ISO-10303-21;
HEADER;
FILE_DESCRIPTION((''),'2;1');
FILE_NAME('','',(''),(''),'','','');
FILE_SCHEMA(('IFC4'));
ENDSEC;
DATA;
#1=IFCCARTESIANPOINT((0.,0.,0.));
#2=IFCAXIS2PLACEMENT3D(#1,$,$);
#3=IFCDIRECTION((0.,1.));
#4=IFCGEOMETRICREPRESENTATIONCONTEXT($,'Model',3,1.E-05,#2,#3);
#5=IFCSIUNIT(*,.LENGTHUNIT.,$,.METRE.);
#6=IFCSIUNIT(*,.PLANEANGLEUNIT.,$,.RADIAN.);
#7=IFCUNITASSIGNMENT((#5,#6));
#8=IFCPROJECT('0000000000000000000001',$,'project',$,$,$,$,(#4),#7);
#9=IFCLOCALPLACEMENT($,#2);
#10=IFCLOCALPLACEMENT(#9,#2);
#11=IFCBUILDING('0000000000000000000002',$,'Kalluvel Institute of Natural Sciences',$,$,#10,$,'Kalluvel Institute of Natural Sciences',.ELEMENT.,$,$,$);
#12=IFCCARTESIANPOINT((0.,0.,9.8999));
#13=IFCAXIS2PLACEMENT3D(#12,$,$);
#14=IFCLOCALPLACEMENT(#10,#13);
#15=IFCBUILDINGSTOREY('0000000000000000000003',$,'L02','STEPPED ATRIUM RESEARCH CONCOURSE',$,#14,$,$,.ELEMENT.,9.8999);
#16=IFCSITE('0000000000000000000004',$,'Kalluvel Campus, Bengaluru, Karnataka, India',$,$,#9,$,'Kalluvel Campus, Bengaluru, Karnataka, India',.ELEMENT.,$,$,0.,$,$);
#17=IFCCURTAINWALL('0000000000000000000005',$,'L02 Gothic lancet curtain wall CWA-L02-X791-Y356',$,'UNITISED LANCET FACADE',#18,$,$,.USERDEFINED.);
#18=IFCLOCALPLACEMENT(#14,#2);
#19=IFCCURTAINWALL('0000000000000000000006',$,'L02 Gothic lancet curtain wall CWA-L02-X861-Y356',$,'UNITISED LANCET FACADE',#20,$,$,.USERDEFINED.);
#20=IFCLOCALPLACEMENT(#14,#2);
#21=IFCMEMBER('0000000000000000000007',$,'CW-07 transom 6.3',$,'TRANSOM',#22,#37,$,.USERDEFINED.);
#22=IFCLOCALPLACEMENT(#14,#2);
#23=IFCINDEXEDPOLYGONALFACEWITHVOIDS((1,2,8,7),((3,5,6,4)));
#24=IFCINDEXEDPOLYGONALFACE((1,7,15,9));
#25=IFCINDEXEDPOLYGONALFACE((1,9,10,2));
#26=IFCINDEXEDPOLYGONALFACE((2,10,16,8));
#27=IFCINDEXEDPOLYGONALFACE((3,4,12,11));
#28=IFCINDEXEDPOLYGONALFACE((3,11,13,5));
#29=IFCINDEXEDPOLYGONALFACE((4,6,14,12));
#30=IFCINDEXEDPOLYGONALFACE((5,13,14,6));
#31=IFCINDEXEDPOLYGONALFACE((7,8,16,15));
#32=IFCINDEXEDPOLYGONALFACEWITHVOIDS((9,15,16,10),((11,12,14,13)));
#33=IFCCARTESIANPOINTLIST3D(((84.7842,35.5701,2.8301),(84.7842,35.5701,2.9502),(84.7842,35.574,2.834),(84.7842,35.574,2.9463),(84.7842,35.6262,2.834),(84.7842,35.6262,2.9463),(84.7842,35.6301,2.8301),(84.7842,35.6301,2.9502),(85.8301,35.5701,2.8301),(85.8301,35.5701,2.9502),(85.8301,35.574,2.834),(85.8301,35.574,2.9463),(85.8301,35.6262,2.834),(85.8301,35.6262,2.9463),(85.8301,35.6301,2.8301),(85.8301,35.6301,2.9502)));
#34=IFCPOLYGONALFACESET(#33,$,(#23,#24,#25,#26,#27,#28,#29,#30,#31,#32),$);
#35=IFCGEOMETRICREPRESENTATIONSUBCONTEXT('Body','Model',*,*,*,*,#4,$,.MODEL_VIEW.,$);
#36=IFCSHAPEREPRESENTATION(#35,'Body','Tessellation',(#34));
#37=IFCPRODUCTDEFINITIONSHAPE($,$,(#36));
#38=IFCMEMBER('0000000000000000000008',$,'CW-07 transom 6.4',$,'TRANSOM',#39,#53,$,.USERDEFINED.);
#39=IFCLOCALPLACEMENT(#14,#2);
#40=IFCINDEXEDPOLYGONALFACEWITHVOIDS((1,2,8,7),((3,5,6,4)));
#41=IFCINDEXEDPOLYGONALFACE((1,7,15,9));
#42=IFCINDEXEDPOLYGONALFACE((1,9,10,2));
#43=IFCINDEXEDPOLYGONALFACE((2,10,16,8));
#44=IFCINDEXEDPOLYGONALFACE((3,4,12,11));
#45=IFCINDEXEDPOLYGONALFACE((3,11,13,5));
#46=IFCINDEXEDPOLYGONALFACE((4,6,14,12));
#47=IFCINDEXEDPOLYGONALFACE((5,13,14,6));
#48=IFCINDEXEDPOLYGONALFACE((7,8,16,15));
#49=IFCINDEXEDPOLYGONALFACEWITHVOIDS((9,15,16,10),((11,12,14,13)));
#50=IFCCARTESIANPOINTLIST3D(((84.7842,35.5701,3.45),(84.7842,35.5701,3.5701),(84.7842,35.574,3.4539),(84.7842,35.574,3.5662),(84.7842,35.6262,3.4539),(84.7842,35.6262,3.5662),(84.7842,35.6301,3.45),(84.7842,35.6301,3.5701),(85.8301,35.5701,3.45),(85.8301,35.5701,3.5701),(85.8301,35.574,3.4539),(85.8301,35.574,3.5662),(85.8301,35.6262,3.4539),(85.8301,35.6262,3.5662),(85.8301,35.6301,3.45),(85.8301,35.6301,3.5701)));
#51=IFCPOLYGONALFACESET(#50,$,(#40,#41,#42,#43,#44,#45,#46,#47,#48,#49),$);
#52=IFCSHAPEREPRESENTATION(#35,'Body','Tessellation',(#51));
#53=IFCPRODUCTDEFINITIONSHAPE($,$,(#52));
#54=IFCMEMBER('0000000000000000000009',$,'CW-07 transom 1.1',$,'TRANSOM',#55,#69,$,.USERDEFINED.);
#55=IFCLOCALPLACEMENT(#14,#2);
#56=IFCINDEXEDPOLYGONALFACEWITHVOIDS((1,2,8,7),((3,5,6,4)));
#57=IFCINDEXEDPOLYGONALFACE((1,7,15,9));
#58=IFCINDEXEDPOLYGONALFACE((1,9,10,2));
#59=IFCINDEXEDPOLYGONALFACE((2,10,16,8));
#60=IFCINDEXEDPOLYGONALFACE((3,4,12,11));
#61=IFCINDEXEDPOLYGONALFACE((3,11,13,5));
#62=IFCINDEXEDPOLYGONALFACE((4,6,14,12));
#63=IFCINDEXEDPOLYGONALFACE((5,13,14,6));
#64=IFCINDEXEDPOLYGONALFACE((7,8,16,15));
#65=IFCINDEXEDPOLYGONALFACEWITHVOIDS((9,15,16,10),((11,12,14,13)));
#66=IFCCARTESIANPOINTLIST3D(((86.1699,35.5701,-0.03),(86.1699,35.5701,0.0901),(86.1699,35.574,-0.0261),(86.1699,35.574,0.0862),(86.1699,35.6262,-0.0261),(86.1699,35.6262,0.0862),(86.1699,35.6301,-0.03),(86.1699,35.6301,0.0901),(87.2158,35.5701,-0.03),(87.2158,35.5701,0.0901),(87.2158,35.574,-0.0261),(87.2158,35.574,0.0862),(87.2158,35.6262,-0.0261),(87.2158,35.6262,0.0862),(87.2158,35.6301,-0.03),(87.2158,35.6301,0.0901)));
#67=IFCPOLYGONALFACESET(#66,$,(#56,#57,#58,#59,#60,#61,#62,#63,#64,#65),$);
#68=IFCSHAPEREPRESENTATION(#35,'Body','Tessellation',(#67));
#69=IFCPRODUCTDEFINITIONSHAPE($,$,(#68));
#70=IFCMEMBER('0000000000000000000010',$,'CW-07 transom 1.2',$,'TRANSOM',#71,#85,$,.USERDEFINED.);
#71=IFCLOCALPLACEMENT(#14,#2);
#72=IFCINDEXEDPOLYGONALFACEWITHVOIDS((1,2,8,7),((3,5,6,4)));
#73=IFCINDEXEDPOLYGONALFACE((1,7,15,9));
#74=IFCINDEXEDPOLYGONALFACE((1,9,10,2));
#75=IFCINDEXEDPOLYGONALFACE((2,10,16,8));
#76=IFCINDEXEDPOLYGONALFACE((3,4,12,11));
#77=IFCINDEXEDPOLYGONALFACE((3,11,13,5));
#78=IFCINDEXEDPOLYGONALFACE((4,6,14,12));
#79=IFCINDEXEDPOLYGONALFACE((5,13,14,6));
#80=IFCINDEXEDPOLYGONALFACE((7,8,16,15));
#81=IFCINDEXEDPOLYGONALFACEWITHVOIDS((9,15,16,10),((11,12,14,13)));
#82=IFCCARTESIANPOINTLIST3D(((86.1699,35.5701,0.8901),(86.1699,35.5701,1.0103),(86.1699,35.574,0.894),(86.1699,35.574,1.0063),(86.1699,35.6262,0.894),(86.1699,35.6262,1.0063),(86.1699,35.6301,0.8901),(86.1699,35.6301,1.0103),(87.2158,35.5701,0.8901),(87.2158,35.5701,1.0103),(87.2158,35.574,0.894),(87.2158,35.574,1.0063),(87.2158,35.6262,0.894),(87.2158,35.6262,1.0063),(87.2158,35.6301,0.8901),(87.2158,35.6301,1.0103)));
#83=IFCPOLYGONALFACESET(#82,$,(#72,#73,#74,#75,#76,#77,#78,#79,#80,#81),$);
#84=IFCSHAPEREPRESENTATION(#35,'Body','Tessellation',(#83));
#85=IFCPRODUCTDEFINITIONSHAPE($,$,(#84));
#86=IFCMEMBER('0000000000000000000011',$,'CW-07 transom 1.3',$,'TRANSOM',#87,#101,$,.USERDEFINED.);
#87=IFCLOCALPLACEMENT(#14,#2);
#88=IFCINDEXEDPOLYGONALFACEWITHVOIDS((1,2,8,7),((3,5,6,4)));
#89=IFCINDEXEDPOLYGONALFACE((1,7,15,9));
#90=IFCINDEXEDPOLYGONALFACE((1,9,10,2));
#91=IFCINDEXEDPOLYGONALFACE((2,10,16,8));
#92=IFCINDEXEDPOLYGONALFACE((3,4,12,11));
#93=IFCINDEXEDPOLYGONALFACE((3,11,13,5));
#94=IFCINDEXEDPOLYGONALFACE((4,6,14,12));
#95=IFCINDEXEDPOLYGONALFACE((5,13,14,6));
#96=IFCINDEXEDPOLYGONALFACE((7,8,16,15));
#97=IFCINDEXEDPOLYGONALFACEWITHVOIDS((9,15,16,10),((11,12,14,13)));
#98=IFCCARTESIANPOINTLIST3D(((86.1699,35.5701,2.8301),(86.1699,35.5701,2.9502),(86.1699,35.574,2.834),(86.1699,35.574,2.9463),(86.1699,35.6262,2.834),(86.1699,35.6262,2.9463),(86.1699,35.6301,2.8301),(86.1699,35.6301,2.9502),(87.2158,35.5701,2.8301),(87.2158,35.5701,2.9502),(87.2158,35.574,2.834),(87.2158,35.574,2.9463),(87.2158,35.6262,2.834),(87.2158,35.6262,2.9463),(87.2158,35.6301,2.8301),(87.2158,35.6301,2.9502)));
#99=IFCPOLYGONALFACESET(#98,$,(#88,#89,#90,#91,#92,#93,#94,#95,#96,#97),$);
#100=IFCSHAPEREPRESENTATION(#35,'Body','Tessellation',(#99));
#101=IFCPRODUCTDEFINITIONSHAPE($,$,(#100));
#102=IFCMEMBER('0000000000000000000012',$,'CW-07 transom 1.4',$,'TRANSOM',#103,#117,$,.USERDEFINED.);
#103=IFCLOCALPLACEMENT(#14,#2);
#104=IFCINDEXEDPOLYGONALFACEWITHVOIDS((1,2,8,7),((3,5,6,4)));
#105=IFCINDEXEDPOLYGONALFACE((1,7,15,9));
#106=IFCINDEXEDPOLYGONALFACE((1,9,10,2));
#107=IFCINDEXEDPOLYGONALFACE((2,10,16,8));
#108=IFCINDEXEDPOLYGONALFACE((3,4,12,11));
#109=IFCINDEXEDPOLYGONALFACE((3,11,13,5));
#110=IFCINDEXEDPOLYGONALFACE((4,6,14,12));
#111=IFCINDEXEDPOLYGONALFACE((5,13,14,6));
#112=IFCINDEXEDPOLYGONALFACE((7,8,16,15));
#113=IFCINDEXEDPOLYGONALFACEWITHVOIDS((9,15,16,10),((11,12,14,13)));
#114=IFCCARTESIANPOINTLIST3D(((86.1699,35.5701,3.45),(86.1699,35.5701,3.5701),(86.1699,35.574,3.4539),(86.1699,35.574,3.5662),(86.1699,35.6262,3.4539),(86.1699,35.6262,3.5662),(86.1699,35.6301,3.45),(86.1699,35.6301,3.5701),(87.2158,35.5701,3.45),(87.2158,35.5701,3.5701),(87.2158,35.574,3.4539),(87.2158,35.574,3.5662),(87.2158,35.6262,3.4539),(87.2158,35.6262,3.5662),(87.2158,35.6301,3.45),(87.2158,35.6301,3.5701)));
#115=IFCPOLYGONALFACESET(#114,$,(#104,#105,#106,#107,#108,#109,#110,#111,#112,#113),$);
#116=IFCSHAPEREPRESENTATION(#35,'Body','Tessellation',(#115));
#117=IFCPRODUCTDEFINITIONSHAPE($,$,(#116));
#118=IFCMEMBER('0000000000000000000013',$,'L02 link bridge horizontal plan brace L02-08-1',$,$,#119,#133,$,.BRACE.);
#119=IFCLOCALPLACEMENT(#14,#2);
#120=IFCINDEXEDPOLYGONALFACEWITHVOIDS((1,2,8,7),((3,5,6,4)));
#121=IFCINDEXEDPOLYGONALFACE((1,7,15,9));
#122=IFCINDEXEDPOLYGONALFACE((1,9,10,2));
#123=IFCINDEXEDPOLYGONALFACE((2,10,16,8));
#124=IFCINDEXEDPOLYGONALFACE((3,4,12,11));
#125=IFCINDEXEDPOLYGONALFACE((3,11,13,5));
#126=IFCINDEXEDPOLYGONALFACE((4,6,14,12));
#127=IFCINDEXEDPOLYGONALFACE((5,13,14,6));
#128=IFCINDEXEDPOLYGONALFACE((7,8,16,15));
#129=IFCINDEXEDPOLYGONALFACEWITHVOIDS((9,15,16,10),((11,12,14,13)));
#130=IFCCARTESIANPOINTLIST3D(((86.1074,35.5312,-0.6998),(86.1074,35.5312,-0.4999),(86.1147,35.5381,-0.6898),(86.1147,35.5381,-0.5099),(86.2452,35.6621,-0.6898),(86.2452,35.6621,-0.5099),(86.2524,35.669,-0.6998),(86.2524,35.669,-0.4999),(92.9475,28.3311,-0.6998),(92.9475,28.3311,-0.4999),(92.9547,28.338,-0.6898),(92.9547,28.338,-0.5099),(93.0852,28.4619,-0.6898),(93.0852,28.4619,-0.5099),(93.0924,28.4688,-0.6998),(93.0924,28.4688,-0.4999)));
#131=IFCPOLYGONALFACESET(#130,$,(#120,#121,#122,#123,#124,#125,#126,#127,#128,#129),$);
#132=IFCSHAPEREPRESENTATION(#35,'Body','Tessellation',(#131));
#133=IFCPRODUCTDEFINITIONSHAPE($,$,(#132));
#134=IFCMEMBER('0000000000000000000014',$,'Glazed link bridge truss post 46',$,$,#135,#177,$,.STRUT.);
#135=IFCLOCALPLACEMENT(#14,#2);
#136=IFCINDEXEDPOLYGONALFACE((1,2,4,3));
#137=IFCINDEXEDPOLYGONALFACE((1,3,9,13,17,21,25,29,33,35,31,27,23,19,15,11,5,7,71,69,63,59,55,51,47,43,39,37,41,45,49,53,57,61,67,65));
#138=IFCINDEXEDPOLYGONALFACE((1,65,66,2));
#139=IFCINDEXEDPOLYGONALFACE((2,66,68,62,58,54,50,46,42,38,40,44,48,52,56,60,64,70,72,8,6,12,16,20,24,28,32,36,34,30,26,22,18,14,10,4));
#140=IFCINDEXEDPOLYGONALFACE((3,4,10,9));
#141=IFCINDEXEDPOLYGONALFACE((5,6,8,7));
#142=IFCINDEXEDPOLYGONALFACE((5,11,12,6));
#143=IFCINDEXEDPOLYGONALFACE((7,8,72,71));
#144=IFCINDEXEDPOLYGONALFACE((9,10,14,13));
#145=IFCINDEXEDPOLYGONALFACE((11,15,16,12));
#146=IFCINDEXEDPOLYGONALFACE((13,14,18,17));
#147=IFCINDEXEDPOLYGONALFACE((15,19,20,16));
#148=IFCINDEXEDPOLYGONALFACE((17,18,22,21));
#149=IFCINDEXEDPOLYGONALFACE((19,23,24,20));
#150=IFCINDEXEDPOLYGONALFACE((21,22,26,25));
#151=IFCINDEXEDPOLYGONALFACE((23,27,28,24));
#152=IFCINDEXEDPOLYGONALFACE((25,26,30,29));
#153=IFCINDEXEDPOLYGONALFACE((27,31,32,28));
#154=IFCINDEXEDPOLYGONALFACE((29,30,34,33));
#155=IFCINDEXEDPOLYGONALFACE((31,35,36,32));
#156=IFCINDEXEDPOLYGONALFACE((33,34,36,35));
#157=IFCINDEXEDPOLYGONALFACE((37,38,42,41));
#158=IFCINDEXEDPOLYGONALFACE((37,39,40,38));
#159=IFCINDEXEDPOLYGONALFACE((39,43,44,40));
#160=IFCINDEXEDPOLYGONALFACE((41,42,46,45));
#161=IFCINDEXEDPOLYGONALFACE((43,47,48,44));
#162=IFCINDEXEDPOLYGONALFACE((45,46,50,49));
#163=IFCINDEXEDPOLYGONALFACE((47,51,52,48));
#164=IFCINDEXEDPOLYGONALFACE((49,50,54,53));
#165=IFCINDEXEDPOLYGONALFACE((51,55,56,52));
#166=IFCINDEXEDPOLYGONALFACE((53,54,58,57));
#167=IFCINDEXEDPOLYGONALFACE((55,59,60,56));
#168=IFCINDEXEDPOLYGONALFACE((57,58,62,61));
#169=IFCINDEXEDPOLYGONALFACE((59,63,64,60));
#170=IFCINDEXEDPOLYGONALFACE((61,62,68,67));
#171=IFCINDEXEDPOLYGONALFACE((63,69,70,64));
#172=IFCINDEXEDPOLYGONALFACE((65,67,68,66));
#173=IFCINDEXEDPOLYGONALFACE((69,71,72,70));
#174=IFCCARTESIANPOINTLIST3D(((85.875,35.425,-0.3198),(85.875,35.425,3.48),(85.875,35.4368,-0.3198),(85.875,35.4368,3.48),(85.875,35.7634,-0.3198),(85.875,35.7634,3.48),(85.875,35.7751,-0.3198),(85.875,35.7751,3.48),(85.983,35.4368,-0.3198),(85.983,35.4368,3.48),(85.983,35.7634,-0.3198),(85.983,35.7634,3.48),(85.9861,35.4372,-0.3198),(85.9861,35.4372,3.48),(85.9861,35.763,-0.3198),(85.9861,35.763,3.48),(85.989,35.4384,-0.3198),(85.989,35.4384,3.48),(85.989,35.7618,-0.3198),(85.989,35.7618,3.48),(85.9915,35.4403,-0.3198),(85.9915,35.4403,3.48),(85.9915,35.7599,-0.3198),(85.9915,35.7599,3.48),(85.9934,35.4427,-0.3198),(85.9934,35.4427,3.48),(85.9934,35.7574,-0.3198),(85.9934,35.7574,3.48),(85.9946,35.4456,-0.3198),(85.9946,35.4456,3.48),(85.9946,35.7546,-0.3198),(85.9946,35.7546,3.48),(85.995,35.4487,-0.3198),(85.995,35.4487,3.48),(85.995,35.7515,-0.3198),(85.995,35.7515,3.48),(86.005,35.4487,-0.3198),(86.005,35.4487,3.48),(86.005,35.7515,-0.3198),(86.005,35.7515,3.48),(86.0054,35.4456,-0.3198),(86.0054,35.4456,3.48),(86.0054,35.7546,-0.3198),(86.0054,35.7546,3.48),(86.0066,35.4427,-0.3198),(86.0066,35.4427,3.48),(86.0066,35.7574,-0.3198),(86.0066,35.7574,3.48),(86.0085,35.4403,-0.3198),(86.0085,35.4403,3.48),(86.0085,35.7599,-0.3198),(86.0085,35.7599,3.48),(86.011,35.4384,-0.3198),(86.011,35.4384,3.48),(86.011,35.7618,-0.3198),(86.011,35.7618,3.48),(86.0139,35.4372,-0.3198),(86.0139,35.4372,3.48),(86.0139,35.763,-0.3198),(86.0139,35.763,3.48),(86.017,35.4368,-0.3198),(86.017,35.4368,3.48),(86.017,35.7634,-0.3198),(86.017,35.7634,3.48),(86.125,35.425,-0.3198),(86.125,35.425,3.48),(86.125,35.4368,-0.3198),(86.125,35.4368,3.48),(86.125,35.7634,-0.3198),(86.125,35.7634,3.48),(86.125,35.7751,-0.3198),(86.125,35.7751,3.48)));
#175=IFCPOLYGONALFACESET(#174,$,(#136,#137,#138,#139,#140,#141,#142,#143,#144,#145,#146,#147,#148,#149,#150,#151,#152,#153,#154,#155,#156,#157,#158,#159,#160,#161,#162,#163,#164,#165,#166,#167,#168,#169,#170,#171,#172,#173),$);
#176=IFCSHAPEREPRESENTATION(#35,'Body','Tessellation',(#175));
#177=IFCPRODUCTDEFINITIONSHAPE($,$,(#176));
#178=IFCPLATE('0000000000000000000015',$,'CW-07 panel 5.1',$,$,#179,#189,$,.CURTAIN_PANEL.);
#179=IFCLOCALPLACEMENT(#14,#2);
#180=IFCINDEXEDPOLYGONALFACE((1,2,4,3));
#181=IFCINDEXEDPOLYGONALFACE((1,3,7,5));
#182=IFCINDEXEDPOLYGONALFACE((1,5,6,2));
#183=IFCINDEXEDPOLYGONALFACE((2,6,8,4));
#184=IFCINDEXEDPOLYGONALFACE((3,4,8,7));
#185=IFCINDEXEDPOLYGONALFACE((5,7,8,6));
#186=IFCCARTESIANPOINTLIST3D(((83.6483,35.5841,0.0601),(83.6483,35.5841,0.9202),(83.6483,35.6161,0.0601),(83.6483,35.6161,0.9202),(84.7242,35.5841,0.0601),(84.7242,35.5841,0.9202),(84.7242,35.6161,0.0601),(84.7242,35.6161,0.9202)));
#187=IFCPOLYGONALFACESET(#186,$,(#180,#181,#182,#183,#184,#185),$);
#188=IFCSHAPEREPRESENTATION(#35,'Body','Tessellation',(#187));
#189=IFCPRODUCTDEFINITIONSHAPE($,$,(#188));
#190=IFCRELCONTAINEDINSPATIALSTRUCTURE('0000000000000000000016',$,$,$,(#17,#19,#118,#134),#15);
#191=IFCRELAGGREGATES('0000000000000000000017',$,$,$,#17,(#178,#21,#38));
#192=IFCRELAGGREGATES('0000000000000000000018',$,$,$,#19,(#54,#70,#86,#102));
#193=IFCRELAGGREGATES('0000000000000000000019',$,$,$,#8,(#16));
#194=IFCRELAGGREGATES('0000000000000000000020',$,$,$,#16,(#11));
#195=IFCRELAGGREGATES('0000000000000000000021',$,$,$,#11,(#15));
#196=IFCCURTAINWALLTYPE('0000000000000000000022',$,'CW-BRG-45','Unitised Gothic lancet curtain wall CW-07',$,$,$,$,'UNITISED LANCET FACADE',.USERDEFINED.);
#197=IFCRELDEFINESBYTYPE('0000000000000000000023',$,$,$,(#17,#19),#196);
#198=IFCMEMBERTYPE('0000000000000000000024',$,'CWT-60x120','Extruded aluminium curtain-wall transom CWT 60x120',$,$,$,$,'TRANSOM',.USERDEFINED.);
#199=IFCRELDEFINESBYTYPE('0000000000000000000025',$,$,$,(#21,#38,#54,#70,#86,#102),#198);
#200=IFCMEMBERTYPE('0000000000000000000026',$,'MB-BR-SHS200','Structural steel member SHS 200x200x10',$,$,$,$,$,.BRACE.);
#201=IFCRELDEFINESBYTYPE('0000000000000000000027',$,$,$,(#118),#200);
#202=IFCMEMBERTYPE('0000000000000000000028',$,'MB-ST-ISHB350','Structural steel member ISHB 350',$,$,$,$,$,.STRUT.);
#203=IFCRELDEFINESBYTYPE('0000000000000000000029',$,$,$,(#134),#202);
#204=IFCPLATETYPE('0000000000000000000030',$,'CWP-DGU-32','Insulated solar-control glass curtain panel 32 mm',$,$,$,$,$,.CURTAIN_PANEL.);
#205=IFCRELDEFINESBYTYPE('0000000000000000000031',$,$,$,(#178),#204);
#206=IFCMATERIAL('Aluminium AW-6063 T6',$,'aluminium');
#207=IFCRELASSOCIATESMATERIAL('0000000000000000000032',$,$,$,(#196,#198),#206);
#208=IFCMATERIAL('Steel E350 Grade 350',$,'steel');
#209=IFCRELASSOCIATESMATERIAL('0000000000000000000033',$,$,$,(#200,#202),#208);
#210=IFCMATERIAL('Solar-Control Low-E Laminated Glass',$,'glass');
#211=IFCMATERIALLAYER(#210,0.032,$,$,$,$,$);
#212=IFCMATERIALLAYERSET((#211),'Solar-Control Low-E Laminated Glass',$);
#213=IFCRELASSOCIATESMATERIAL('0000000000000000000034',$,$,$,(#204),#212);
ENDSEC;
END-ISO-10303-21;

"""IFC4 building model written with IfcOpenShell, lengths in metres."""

from ifc_helpers import new_model, si_unit, direction, frame, origin, origin_2d, place, context, subcontext, project, spatial, rectangle, hollow_rectangle, i_section, extrude, material, layer, layer_set, material_profile, profile_set, type_object, element, aggregate, save


model = new_model("IFC4")

# Units and contexts
model_context = context("Model", 3, precision=1e-05, world=origin(), true_north=direction((0.0, 1.0)))
body_context = subcontext(model_context, "Body", "Model", "MODEL_VIEW")
ifc_project = project(units=[si_unit("LENGTHUNIT", "METRE"), si_unit("PLANEANGLEUNIT", "RADIAN")], contexts=[model_context])

# Site, building, storey
site_placement = place(None, origin())
site = spatial("IfcSite", under=ifc_project, at=site_placement, Name="Kalluvel Campus, Bengaluru, Karnataka, India", LongName="Kalluvel Campus, Bengaluru, Karnataka, India", CompositionType="ELEMENT", RefElevation=0.0)
building_placement = place(site_placement, origin())
building = spatial("IfcBuilding", under=site, at=building_placement, Name="Kalluvel Institute of Natural Sciences", LongName="Kalluvel Institute of Natural Sciences", CompositionType="ELEMENT")
storey_placement = place(building_placement, frame((0.0, 0.0, 9.8999)))
storey = spatial("IfcBuildingStorey", under=building, at=storey_placement, Name="L02", Description="STEPPED ATRIUM RESEARCH CONCOURSE", CompositionType="ELEMENT", Elevation=9.8999)

# Curtain walls
ifc_material_1 = material(Name="Aluminium AW-6063 T6", Category="aluminium")
curtain_wall_type = type_object("IfcCurtainWallType", Name="CW-BRG-45", Description="Unitised Gothic lancet curtain wall CW-07", ElementType="UNITISED LANCET FACADE", PredefinedType="USERDEFINED", material=ifc_material_1)
curtain_wall_1_placement = place(storey_placement, origin())
curtain_wall_1 = element("IfcCurtainWall", 1, at=curtain_wall_1_placement, inside=storey, type_object=curtain_wall_type, Name="L02 Gothic lancet curtain wall CWA-L02-X791-Y356", ObjectType="UNITISED LANCET FACADE", PredefinedType="USERDEFINED")
curtain_wall_2_placement = place(storey_placement, origin())
curtain_wall_2 = element("IfcCurtainWall", 2, at=curtain_wall_2_placement, inside=storey, type_object=curtain_wall_type, Name="L02 Gothic lancet curtain wall CWA-L02-X861-Y356", ObjectType="UNITISED LANCET FACADE", PredefinedType="USERDEFINED")

# Members
ifc_material_profile_1 = material_profile(ifc_material_1, hollow_rectangle(XDim=0.0601, YDim=0.1201, WallThickness=0.0039, at=origin_2d()), Name="CWT 60x120")
ifc_profile_set_1 = profile_set([ifc_material_profile_1], Name="Aluminium AW-6063 T6")
member_type_1 = type_object("IfcMemberType", Name="CWT-60x120", Description="Extruded aluminium curtain-wall transom CWT 60x120", ElementType="TRANSOM", PredefinedType="USERDEFINED", material=ifc_profile_set_1)
member_1_placement = place(storey_placement, frame((84.7842, 35.6001, 2.8901), z_axis=(1.0, 0.0, 0.0), x_axis=(0.0, 1.0, 0.0)))
member_1 = element("IfcMember", 3, at=member_1_placement, type_object=member_type_1, Name="CW-07 transom 6.3", ObjectType="TRANSOM", PredefinedType="USERDEFINED", context=body_context, shape_type="SweptSolid", body=[
    extrude(hollow_rectangle(XDim=0.0601, YDim=0.1201, WallThickness=0.0039, at=origin_2d()), origin(), (0.0, 0.0, 1.0), 1.0459),
])
member_2_placement = place(storey_placement, frame((84.7842, 35.6001, 3.51), z_axis=(1.0, 0.0, 0.0), x_axis=(0.0, 1.0, 0.0)))
member_2 = element("IfcMember", 4, at=member_2_placement, type_object=member_type_1, Name="CW-07 transom 6.4", ObjectType="TRANSOM", PredefinedType="USERDEFINED", context=body_context, shape_type="SweptSolid", body=[
    extrude(hollow_rectangle(XDim=0.0601, YDim=0.1201, WallThickness=0.0039, at=origin_2d()), origin(), (0.0, 0.0, 1.0), 1.0459),
])
member_3_placement = place(storey_placement, frame((86.1699, 35.6001, 0.03), z_axis=(1.0, 0.0, 0.0), x_axis=(0.0, 1.0, 0.0)))
member_3 = element("IfcMember", 5, at=member_3_placement, type_object=member_type_1, Name="CW-07 transom 1.1", ObjectType="TRANSOM", PredefinedType="USERDEFINED", context=body_context, shape_type="SweptSolid", body=[
    extrude(hollow_rectangle(XDim=0.0601, YDim=0.1201, WallThickness=0.0039, at=origin_2d()), origin(), (0.0, 0.0, 1.0), 1.0459),
])
member_4_placement = place(storey_placement, frame((86.1699, 35.6001, 0.9502), z_axis=(1.0, 0.0, 0.0), x_axis=(0.0, 1.0, 0.0)))
member_4 = element("IfcMember", 6, at=member_4_placement, type_object=member_type_1, Name="CW-07 transom 1.2", ObjectType="TRANSOM", PredefinedType="USERDEFINED", context=body_context, shape_type="SweptSolid", body=[
    extrude(hollow_rectangle(XDim=0.0601, YDim=0.1201, WallThickness=0.0039, at=origin_2d()), origin(), (0.0, 0.0, 1.0), 1.0459),
])
member_5_placement = place(storey_placement, frame((86.1699, 35.6001, 2.8901), z_axis=(1.0, 0.0, 0.0), x_axis=(0.0, 1.0, 0.0)))
member_5 = element("IfcMember", 7, at=member_5_placement, type_object=member_type_1, Name="CW-07 transom 1.3", ObjectType="TRANSOM", PredefinedType="USERDEFINED", context=body_context, shape_type="SweptSolid", body=[
    extrude(hollow_rectangle(XDim=0.0601, YDim=0.1201, WallThickness=0.0039, at=origin_2d()), origin(), (0.0, 0.0, 1.0), 1.0459),
])
member_6_placement = place(storey_placement, frame((86.1699, 35.6001, 3.51), z_axis=(1.0, 0.0, 0.0), x_axis=(0.0, 1.0, 0.0)))
member_6 = element("IfcMember", 8, at=member_6_placement, type_object=member_type_1, Name="CW-07 transom 1.4", ObjectType="TRANSOM", PredefinedType="USERDEFINED", context=body_context, shape_type="SweptSolid", body=[
    extrude(hollow_rectangle(XDim=0.0601, YDim=0.1201, WallThickness=0.0039, at=origin_2d()), origin(), (0.0, 0.0, 1.0), 1.0459),
])

# Members
ifc_material_2 = material(Name="Steel E350 Grade 350", Category="steel")
ifc_material_profile_2 = material_profile(ifc_material_2, hollow_rectangle(XDim=0.2, YDim=0.2, WallThickness=0.01, at=origin_2d()), Name="SHS 200x200x10")
ifc_profile_set_2 = profile_set([ifc_material_profile_2], Name="Steel E350 Grade 350")
member_type_2 = type_object("IfcMemberType", Name="MB-BR-SHS200", Description="Structural steel member SHS 200x200x10", PredefinedType="BRACE", material=ifc_profile_set_2)
member_7_placement = place(storey_placement, frame((86.1799, 35.6001, -0.5999), z_axis=(0.688744, -0.725004, 0.0), x_axis=(0.725004, 0.688744, 0.0)))
element("IfcMember", 9, at=member_7_placement, inside=storey, type_object=member_type_2, Name="L02 link bridge horizontal plan brace L02-08-1", PredefinedType="BRACE", context=body_context, shape_type="SweptSolid", body=[
    extrude(hollow_rectangle(XDim=0.2, YDim=0.2, WallThickness=0.01, at=origin_2d()), origin(), (0.0, 0.0, 1.0), 9.9312),
])
ifc_material_profile_3 = material_profile(ifc_material_2, i_section(OverallWidth=0.25, OverallDepth=0.3501, WebThickness=0.01, FlangeThickness=0.0117, FilletRadius=0.012, at=origin_2d()), Name="ISHB 350")
ifc_profile_set_3 = profile_set([ifc_material_profile_3], Name="Steel E350 Grade 350")
member_type_3 = type_object("IfcMemberType", Name="MB-ST-ISHB350", Description="Structural steel member ISHB 350", PredefinedType="STRUT", material=ifc_profile_set_3)
member_8_placement = place(storey_placement, frame((86.0, 35.6001, -0.3198), z_axis=(0.0, 0.0, 1.0), x_axis=(1.0, 0.0, 0.0)))
element("IfcMember", 10, at=member_8_placement, inside=storey, type_object=member_type_3, Name="Glazed link bridge truss post 46", PredefinedType="STRUT", context=body_context, shape_type="SweptSolid", body=[
    extrude(i_section(OverallWidth=0.25, OverallDepth=0.3501, WebThickness=0.01, FlangeThickness=0.0117, FilletRadius=0.012, at=origin_2d()), origin(), (0.0, 0.0, 1.0), 3.7998),
])

# Plate
ifc_material_3 = material(Name="Solar-Control Low-E Laminated Glass", Category="glass")
ifc_layer = layer(ifc_material_3, 0.032)
ifc_layer_set = layer_set([ifc_layer], Name="Solar-Control Low-E Laminated Glass")
plate_type = type_object("IfcPlateType", Name="CWP-DGU-32", Description="Insulated solar-control glass curtain panel 32 mm", PredefinedType="CURTAIN_PANEL", material=ifc_layer_set)
plate_1_placement = place(storey_placement, frame((84.1863, 35.6001, 0.0601), z_axis=(0.0, 0.0, 1.0), x_axis=(1.0, 0.0, 0.0)))
plate_1 = element("IfcPlate", 11, at=plate_1_placement, type_object=plate_type, Name="CW-07 panel 5.1", PredefinedType="CURTAIN_PANEL", context=body_context, shape_type="SweptSolid", body=[
    extrude(rectangle(XDim=1.0759, YDim=0.032, at=origin_2d()), origin(), (0.0, 0.0, 1.0), 0.8601),
])
aggregate(curtain_wall_1, [plate_1, member_1, member_2])
aggregate(curtain_wall_2, [member_3, member_4, member_5, member_6])

save(model, "model.ifc")
